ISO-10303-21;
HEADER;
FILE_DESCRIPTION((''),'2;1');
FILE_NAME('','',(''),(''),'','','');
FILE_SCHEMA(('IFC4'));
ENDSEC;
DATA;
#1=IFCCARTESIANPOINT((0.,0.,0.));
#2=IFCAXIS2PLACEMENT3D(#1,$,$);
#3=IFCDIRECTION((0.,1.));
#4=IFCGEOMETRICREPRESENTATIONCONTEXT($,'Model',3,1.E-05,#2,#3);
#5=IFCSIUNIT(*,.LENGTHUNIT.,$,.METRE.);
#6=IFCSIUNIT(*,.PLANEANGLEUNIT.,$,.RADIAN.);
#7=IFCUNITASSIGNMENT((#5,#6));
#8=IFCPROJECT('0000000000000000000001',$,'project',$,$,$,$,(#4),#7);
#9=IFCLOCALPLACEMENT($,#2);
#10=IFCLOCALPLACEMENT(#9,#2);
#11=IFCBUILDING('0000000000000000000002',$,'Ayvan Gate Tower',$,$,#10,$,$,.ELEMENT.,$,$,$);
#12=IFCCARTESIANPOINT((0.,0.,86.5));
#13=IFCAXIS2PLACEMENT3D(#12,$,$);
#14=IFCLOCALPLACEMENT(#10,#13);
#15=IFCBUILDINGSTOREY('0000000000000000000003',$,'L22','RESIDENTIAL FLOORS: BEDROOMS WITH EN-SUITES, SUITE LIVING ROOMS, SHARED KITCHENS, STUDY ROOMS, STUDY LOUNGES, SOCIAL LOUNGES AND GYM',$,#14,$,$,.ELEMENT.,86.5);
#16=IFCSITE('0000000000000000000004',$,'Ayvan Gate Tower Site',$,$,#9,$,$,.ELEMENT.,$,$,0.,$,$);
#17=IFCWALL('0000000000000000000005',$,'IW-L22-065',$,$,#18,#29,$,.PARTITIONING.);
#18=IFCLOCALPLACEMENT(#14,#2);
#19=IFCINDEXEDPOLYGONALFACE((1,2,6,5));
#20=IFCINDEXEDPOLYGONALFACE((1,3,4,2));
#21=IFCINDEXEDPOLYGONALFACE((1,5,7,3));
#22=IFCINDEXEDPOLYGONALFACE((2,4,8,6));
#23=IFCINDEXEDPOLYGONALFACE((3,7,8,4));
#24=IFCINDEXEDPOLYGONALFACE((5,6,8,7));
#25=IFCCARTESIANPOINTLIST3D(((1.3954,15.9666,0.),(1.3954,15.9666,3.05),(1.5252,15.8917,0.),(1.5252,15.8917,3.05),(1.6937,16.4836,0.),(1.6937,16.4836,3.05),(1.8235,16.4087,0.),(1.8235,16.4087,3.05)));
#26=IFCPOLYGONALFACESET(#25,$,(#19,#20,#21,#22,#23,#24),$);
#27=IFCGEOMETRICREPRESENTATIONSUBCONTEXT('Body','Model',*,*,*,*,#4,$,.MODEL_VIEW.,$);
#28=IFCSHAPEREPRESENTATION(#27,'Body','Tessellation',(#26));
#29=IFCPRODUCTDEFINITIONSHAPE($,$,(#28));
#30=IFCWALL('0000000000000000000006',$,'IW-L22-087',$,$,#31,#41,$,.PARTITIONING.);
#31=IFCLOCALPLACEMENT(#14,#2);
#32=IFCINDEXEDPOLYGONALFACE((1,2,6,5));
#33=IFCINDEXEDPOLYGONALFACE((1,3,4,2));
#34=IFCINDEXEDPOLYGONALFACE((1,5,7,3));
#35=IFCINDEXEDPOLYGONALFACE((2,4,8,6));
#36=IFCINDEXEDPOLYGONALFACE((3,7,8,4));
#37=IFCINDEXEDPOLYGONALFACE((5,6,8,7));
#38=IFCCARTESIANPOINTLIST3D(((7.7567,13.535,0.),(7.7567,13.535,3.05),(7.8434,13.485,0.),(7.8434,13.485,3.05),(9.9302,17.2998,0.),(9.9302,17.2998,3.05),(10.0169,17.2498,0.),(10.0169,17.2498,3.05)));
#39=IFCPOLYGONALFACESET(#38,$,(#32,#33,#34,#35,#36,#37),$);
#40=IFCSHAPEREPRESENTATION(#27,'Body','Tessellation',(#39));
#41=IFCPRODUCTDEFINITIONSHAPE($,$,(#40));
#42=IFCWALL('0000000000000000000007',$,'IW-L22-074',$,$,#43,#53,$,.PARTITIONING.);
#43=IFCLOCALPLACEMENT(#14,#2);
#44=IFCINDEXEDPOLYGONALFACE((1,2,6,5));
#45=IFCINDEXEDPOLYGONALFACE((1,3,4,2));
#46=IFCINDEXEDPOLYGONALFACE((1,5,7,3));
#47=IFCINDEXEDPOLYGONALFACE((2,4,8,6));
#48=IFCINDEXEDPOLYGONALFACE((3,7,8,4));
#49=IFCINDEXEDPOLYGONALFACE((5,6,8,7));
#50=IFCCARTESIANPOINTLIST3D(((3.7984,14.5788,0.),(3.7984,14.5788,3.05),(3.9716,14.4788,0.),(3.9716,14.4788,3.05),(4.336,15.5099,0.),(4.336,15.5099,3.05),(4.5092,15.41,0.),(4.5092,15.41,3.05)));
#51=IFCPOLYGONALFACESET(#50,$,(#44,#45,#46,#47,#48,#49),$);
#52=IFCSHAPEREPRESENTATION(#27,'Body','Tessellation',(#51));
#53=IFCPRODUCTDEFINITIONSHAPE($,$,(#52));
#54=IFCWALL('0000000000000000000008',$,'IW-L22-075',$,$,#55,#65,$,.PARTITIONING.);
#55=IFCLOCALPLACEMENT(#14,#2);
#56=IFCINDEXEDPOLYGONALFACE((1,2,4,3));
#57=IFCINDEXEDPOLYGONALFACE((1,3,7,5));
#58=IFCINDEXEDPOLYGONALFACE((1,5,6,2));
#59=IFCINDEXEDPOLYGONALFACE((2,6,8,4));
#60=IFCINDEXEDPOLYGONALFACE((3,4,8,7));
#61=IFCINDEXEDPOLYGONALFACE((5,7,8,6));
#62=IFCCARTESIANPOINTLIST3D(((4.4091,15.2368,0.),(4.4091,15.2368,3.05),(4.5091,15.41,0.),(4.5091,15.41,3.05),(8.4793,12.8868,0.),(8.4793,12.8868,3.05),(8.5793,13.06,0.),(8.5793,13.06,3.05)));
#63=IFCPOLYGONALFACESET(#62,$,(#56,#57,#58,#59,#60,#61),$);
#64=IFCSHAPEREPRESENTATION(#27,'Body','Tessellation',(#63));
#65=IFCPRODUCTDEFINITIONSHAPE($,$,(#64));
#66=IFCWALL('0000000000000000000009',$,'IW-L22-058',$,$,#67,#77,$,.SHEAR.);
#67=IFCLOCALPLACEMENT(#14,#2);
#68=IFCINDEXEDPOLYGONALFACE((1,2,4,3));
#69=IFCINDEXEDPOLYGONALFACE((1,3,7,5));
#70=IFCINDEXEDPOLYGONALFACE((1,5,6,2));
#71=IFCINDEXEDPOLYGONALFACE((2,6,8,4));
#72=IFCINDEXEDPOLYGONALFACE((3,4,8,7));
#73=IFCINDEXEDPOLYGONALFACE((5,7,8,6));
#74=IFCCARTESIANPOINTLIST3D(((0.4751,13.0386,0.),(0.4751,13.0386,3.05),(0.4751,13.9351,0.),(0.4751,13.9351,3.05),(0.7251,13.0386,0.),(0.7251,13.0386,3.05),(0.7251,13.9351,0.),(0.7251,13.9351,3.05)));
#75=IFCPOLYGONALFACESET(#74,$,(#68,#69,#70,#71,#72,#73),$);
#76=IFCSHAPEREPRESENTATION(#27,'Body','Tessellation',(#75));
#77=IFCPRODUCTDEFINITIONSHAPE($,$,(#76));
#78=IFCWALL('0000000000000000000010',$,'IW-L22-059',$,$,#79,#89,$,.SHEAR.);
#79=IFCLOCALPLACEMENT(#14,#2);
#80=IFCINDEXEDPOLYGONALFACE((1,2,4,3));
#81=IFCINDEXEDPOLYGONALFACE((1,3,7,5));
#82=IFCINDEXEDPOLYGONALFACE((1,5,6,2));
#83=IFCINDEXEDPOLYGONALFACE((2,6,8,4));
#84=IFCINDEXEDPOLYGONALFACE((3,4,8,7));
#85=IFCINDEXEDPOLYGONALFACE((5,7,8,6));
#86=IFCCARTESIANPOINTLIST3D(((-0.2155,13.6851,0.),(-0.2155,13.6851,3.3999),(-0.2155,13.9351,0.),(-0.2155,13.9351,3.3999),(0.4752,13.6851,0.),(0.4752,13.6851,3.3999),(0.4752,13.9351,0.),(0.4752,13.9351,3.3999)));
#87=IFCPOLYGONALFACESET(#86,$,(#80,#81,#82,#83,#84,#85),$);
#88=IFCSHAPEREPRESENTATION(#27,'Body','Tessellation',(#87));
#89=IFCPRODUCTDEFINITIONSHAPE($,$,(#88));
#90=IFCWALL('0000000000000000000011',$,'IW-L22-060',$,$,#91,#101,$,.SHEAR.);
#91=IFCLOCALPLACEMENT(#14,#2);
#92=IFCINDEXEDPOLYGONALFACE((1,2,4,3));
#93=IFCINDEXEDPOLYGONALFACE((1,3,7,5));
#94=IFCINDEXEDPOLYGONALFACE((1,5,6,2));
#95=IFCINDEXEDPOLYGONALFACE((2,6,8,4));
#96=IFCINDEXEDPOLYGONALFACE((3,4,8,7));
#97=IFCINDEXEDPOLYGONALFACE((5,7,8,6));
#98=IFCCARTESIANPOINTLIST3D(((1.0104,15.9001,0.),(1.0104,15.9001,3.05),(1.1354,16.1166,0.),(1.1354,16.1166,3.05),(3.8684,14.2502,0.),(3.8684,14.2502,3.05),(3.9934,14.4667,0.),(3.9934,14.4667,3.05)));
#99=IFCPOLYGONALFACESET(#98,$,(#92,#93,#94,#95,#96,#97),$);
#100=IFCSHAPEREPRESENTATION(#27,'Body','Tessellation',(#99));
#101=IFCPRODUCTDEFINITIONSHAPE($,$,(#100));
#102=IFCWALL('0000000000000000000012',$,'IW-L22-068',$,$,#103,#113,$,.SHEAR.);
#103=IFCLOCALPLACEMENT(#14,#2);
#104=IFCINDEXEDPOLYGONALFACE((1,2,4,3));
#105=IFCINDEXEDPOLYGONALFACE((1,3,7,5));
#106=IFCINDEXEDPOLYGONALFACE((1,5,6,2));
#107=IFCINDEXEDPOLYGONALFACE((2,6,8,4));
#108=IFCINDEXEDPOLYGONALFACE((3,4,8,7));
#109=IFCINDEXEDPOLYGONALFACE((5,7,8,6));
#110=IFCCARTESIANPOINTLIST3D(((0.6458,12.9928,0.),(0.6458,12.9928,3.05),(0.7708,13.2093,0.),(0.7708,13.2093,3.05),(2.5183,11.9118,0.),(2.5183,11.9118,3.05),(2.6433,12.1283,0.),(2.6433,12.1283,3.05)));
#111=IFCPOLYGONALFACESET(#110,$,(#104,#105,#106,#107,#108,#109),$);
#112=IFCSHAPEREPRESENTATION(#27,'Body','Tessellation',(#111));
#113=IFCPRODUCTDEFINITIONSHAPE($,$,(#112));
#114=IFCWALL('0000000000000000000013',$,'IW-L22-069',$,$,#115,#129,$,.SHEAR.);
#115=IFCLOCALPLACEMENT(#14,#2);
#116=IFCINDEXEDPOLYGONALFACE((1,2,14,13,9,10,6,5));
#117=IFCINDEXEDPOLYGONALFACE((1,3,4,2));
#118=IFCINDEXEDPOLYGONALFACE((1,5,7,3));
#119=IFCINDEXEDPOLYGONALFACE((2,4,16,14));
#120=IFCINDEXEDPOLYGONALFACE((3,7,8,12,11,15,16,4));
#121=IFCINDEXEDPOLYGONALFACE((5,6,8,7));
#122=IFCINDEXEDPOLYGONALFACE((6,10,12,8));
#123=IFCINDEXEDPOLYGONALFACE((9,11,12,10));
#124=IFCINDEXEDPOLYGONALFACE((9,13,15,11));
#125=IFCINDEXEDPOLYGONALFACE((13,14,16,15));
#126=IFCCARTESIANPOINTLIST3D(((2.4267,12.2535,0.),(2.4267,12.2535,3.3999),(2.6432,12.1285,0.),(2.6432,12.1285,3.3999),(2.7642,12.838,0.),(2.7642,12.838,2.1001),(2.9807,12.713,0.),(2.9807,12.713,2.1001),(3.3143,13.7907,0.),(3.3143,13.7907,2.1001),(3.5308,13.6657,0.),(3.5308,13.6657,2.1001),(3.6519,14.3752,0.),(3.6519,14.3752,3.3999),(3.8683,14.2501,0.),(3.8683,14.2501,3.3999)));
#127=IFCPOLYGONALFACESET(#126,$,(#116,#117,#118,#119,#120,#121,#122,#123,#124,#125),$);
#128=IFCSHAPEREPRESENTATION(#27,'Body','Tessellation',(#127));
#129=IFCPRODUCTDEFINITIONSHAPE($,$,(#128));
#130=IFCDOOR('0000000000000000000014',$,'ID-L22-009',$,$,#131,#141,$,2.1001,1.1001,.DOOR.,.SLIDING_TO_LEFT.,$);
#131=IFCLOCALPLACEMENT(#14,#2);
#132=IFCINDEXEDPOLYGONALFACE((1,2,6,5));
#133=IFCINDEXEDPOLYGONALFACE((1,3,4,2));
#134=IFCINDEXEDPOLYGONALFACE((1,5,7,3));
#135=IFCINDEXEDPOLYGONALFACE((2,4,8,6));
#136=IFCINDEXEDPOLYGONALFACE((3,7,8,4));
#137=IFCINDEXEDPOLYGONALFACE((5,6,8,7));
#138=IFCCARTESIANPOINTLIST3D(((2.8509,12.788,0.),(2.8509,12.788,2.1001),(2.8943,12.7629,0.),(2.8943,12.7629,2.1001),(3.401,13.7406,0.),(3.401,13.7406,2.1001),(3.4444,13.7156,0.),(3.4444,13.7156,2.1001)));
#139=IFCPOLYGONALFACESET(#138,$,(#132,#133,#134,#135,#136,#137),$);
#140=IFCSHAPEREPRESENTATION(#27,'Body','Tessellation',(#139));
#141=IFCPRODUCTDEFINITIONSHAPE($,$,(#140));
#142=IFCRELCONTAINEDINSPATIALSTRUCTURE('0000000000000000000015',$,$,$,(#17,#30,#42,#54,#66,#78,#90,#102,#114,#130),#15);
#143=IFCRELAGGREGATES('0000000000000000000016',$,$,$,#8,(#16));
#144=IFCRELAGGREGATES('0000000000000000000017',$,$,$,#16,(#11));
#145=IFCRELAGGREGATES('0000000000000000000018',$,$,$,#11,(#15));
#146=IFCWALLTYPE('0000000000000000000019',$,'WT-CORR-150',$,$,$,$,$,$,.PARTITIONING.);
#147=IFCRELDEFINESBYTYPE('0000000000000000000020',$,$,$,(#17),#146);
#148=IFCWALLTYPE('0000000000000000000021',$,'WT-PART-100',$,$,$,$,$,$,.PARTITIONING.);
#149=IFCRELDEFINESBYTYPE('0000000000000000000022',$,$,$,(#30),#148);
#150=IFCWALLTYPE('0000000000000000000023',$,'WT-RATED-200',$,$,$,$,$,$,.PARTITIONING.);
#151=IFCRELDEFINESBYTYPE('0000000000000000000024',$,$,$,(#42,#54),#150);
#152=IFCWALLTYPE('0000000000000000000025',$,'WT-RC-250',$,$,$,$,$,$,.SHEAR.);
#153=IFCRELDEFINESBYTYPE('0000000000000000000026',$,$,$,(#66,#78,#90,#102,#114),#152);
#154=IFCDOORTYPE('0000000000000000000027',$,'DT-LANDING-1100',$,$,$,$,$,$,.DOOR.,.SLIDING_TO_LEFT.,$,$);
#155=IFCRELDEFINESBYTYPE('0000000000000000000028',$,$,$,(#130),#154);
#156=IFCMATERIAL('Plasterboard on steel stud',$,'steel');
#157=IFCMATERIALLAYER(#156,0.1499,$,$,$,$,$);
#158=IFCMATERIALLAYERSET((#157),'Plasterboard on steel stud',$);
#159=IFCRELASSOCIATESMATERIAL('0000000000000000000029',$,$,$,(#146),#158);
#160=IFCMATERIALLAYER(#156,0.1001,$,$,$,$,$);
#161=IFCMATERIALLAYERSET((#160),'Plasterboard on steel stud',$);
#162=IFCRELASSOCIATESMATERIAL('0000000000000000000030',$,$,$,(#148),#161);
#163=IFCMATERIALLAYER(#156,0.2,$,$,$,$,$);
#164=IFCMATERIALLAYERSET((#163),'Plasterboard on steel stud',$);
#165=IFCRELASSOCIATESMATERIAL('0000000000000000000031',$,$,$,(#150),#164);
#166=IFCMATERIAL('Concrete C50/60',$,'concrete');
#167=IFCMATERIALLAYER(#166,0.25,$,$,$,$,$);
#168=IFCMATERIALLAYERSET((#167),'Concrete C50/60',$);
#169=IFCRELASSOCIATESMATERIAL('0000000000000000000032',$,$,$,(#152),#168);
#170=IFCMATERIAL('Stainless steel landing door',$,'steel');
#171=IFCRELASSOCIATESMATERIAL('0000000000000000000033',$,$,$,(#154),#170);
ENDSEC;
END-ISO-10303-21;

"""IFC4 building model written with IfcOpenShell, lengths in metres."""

from ifc_helpers import new_model, si_unit, direction, frame, frame_2d, origin, place, context, subcontext, project, spatial, rectangle, extrude, material, layer, layer_set, type_object, element, fill, save


model = new_model("IFC4")

# Units and contexts
model_context = context("Model", 3, precision=1e-05, world=origin(), true_north=direction((0.0, 1.0)))
body_context = subcontext(model_context, "Body", "Model", "MODEL_VIEW")
ifc_project = project(units=[si_unit("LENGTHUNIT", "METRE"), si_unit("PLANEANGLEUNIT", "RADIAN")], contexts=[model_context])

# Site, building, storey
site_placement = place(None, origin())
site = spatial("IfcSite", under=ifc_project, at=site_placement, Name="Ayvan Gate Tower Site", CompositionType="ELEMENT", RefElevation=0.0)
building_placement = place(site_placement, origin())
building = spatial("IfcBuilding", under=site, at=building_placement, Name="Ayvan Gate Tower", CompositionType="ELEMENT")
storey_placement = place(building_placement, frame((0.0, 0.0, 86.5)))
storey = spatial("IfcBuildingStorey", under=building, at=storey_placement, Name="L22", Description="RESIDENTIAL FLOORS: BEDROOMS WITH EN-SUITES, SUITE LIVING ROOMS, SHARED KITCHENS, STUDY ROOMS, STUDY LOUNGES, SOCIAL LOUNGES AND GYM", CompositionType="ELEMENT", Elevation=86.5)

# Walls
ifc_material_1 = material(Name="Plasterboard on steel stud", Category="steel")
ifc_layer_1 = layer(ifc_material_1, 0.1499)
ifc_layer_set_1 = layer_set([ifc_layer_1], Name="Plasterboard on steel stud")
wall_type_1 = type_object("IfcWallType", Name="WT-CORR-150", PredefinedType="PARTITIONING", material=ifc_layer_set_1)
wall_1_placement = place(storey_placement, frame((1.7585, 16.446, 0.0), z_axis=(0.0, 0.0, 1.0), x_axis=(-0.499746, -0.866172, 0.0)))
element("IfcWall", 1, at=wall_1_placement, inside=storey, type_object=wall_type_1, Name="IW-L22-065", PredefinedType="PARTITIONING", context=body_context, shape_type="SweptSolid", body=[
    extrude(rectangle(XDim=0.5969, YDim=0.1499, at=frame_2d((0.2983, 0.0))), origin(), (0.0, 0.0, 1.0), 3.05),
])
ifc_layer_2 = layer(ifc_material_1, 0.1001)
ifc_layer_set_2 = layer_set([ifc_layer_2], Name="Plasterboard on steel stud")
wall_type_2 = type_object("IfcWallType", Name="WT-PART-100", PredefinedType="PARTITIONING", material=ifc_layer_set_2)
wall_2_placement = place(storey_placement, frame((7.8, 13.51, 0.0), z_axis=(0.0, 0.0, 1.0), x_axis=(0.499987, 0.866033, 0.0)))
element("IfcWall", 2, at=wall_2_placement, inside=storey, type_object=wall_type_2, Name="IW-L22-087", PredefinedType="PARTITIONING", context=body_context, shape_type="SweptSolid", body=[
    extrude(rectangle(XDim=4.3472, YDim=0.1001, at=frame_2d((2.1736, 0.0))), origin(), (0.0, 0.0, 1.0), 3.05),
])
ifc_layer_3 = layer(ifc_material_1, 0.2)
ifc_layer_set_3 = layer_set([ifc_layer_3], Name="Plasterboard on steel stud")
wall_type_3 = type_object("IfcWallType", Name="WT-RATED-200", PredefinedType="PARTITIONING", material=ifc_layer_set_3)
wall_3_placement = place(storey_placement, frame((3.885, 14.5288, 0.0), z_axis=(0.0, 0.0, 1.0), x_axis=(0.499998, 0.866027, 0.0)))
element("IfcWall", 3, at=wall_3_placement, inside=storey, type_object=wall_type_3, Name="IW-L22-074", PredefinedType="PARTITIONING", context=body_context, shape_type="SweptSolid", body=[
    extrude(rectangle(XDim=1.0752, YDim=0.2, at=frame_2d((0.5376, 0.0))), origin(), (0.0, 0.0, 1.0), 3.05),
])
wall_4_placement = place(storey_placement, frame((4.459, 15.3235, 0.0), z_axis=(0.0, 0.0, 1.0), x_axis=(0.866016, -0.500016, 0.0)))
element("IfcWall", 4, at=wall_4_placement, inside=storey, type_object=wall_type_3, Name="IW-L22-075", PredefinedType="PARTITIONING", context=body_context, shape_type="SweptSolid", body=[
    extrude(rectangle(XDim=4.7, YDim=0.2, at=frame_2d((2.3501, 0.0))), origin(), (0.0, 0.0, 1.0), 3.05),
])
ifc_material_2 = material(Name="Concrete C50/60", Category="concrete")
ifc_layer_4 = layer(ifc_material_2, 0.25)
ifc_layer_set_4 = layer_set([ifc_layer_4], Name="Concrete C50/60")
wall_type_4 = type_object("IfcWallType", Name="WT-RC-250", PredefinedType="SHEAR", material=ifc_layer_set_4)
wall_5_placement = place(storey_placement, frame((0.6001, 13.0386, 0.0), z_axis=(0.0, 0.0, 1.0), x_axis=(0.0, 1.0, 0.0)))
element("IfcWall", 5, at=wall_5_placement, inside=storey, type_object=wall_type_4, Name="IW-L22-058", PredefinedType="SHEAR", context=body_context, shape_type="SweptSolid", body=[
    extrude(rectangle(XDim=0.8965, YDim=0.25, at=frame_2d((0.4482, 0.0))), origin(), (0.0, 0.0, 1.0), 3.05),
])
wall_6_placement = place(storey_placement, frame((0.4751, 13.8101, 0.0), z_axis=(0.0, 0.0, 1.0), x_axis=(-1.0, 0.0, 0.0)))
element("IfcWall", 6, at=wall_6_placement, inside=storey, type_object=wall_type_4, Name="IW-L22-059", PredefinedType="SHEAR", context=body_context, shape_type="SweptSolid", body=[
    extrude(rectangle(XDim=0.6907, YDim=0.25, at=frame_2d((0.3452, 0.0))), origin(), (0.0, 0.0, 1.0), 3.3999),
])
wall_7_placement = place(storey_placement, frame((1.073, 16.0083, 0.0), z_axis=(0.0, 0.0, 1.0), x_axis=(0.86604, -0.499974, 0.0)))
element("IfcWall", 7, at=wall_7_placement, inside=storey, type_object=wall_type_4, Name="IW-L22-060", PredefinedType="SHEAR", context=body_context, shape_type="SweptSolid", body=[
    extrude(rectangle(XDim=3.3, YDim=0.25, at=frame_2d((1.6499, 0.0))), origin(), (0.0, 0.0, 1.0), 3.05),
])
wall_8_placement = place(storey_placement, frame((2.5808, 12.02, 0.0), z_axis=(0.0, 0.0, 1.0), x_axis=(-0.866039, 0.499977, 0.0)))
element("IfcWall", 8, at=wall_8_placement, inside=storey, type_object=wall_type_4, Name="IW-L22-068", PredefinedType="SHEAR", context=body_context, shape_type="SweptSolid", body=[
    extrude(rectangle(XDim=2.1621, YDim=0.25, at=frame_2d((1.0811, 0.0))), origin(), (0.0, 0.0, 1.0), 3.05),
])

# Wall, opening, door
wall_9_placement = place(storey_placement, frame((2.5349, 12.1909, 0.0), z_axis=(0.0, 0.0, 1.0), x_axis=(0.500062, 0.86599, 0.0)))
wall_9 = element("IfcWall", 9, at=wall_9_placement, inside=storey, type_object=wall_type_4, Name="IW-L22-069", PredefinedType="SHEAR", context=body_context, shape_type="SweptSolid", body=[
    extrude(rectangle(XDim=2.45, YDim=0.25, at=frame_2d((1.2251, 0.0))), origin(), (0.0, 0.0, 1.0), 3.3999),
])
opening_placement = place(wall_9_placement, frame((0.675, 0.0, 0.0)))
opening = element("IfcOpeningElement", 10, at=opening_placement, cuts=wall_9, PredefinedType="OPENING", context=body_context, shape_type="SweptSolid", body=[
    extrude(rectangle(XDim=1.1001, YDim=2.1001, at=frame_2d((0.55, 1.05))), frame((0.0, 0.135, 0.0), z_axis=(0.0, -1.0, 0.0), x_axis=(1.0, 0.0, 0.0)), (0.0, 0.0, 1.0), 0.27),
])
ifc_material_3 = material(Name="Stainless steel landing door", Category="steel")
door_type = type_object("IfcDoorType", Name="DT-LANDING-1100", OperationType="SLIDING_TO_LEFT", PredefinedType="DOOR", material=ifc_material_3)
door_placement = place(opening_placement, origin())
door = element("IfcDoor", 11, at=door_placement, inside=storey, type_object=door_type, Name="ID-L22-009", OperationType="SLIDING_TO_LEFT", OverallHeight=2.1001, OverallWidth=1.1001, PredefinedType="DOOR", context=body_context, shape_type="SweptSolid", body=[
    extrude(rectangle(XDim=1.1001, YDim=2.1001, at=frame_2d((0.55, 1.05))), frame((0.0, 0.0249, 0.0), z_axis=(0.0, -1.0, 0.0), x_axis=(1.0, 0.0, 0.0)), (0.0, 0.0, 1.0), 0.05),
])
fill(opening, door)

save(model, "model.ifc")
